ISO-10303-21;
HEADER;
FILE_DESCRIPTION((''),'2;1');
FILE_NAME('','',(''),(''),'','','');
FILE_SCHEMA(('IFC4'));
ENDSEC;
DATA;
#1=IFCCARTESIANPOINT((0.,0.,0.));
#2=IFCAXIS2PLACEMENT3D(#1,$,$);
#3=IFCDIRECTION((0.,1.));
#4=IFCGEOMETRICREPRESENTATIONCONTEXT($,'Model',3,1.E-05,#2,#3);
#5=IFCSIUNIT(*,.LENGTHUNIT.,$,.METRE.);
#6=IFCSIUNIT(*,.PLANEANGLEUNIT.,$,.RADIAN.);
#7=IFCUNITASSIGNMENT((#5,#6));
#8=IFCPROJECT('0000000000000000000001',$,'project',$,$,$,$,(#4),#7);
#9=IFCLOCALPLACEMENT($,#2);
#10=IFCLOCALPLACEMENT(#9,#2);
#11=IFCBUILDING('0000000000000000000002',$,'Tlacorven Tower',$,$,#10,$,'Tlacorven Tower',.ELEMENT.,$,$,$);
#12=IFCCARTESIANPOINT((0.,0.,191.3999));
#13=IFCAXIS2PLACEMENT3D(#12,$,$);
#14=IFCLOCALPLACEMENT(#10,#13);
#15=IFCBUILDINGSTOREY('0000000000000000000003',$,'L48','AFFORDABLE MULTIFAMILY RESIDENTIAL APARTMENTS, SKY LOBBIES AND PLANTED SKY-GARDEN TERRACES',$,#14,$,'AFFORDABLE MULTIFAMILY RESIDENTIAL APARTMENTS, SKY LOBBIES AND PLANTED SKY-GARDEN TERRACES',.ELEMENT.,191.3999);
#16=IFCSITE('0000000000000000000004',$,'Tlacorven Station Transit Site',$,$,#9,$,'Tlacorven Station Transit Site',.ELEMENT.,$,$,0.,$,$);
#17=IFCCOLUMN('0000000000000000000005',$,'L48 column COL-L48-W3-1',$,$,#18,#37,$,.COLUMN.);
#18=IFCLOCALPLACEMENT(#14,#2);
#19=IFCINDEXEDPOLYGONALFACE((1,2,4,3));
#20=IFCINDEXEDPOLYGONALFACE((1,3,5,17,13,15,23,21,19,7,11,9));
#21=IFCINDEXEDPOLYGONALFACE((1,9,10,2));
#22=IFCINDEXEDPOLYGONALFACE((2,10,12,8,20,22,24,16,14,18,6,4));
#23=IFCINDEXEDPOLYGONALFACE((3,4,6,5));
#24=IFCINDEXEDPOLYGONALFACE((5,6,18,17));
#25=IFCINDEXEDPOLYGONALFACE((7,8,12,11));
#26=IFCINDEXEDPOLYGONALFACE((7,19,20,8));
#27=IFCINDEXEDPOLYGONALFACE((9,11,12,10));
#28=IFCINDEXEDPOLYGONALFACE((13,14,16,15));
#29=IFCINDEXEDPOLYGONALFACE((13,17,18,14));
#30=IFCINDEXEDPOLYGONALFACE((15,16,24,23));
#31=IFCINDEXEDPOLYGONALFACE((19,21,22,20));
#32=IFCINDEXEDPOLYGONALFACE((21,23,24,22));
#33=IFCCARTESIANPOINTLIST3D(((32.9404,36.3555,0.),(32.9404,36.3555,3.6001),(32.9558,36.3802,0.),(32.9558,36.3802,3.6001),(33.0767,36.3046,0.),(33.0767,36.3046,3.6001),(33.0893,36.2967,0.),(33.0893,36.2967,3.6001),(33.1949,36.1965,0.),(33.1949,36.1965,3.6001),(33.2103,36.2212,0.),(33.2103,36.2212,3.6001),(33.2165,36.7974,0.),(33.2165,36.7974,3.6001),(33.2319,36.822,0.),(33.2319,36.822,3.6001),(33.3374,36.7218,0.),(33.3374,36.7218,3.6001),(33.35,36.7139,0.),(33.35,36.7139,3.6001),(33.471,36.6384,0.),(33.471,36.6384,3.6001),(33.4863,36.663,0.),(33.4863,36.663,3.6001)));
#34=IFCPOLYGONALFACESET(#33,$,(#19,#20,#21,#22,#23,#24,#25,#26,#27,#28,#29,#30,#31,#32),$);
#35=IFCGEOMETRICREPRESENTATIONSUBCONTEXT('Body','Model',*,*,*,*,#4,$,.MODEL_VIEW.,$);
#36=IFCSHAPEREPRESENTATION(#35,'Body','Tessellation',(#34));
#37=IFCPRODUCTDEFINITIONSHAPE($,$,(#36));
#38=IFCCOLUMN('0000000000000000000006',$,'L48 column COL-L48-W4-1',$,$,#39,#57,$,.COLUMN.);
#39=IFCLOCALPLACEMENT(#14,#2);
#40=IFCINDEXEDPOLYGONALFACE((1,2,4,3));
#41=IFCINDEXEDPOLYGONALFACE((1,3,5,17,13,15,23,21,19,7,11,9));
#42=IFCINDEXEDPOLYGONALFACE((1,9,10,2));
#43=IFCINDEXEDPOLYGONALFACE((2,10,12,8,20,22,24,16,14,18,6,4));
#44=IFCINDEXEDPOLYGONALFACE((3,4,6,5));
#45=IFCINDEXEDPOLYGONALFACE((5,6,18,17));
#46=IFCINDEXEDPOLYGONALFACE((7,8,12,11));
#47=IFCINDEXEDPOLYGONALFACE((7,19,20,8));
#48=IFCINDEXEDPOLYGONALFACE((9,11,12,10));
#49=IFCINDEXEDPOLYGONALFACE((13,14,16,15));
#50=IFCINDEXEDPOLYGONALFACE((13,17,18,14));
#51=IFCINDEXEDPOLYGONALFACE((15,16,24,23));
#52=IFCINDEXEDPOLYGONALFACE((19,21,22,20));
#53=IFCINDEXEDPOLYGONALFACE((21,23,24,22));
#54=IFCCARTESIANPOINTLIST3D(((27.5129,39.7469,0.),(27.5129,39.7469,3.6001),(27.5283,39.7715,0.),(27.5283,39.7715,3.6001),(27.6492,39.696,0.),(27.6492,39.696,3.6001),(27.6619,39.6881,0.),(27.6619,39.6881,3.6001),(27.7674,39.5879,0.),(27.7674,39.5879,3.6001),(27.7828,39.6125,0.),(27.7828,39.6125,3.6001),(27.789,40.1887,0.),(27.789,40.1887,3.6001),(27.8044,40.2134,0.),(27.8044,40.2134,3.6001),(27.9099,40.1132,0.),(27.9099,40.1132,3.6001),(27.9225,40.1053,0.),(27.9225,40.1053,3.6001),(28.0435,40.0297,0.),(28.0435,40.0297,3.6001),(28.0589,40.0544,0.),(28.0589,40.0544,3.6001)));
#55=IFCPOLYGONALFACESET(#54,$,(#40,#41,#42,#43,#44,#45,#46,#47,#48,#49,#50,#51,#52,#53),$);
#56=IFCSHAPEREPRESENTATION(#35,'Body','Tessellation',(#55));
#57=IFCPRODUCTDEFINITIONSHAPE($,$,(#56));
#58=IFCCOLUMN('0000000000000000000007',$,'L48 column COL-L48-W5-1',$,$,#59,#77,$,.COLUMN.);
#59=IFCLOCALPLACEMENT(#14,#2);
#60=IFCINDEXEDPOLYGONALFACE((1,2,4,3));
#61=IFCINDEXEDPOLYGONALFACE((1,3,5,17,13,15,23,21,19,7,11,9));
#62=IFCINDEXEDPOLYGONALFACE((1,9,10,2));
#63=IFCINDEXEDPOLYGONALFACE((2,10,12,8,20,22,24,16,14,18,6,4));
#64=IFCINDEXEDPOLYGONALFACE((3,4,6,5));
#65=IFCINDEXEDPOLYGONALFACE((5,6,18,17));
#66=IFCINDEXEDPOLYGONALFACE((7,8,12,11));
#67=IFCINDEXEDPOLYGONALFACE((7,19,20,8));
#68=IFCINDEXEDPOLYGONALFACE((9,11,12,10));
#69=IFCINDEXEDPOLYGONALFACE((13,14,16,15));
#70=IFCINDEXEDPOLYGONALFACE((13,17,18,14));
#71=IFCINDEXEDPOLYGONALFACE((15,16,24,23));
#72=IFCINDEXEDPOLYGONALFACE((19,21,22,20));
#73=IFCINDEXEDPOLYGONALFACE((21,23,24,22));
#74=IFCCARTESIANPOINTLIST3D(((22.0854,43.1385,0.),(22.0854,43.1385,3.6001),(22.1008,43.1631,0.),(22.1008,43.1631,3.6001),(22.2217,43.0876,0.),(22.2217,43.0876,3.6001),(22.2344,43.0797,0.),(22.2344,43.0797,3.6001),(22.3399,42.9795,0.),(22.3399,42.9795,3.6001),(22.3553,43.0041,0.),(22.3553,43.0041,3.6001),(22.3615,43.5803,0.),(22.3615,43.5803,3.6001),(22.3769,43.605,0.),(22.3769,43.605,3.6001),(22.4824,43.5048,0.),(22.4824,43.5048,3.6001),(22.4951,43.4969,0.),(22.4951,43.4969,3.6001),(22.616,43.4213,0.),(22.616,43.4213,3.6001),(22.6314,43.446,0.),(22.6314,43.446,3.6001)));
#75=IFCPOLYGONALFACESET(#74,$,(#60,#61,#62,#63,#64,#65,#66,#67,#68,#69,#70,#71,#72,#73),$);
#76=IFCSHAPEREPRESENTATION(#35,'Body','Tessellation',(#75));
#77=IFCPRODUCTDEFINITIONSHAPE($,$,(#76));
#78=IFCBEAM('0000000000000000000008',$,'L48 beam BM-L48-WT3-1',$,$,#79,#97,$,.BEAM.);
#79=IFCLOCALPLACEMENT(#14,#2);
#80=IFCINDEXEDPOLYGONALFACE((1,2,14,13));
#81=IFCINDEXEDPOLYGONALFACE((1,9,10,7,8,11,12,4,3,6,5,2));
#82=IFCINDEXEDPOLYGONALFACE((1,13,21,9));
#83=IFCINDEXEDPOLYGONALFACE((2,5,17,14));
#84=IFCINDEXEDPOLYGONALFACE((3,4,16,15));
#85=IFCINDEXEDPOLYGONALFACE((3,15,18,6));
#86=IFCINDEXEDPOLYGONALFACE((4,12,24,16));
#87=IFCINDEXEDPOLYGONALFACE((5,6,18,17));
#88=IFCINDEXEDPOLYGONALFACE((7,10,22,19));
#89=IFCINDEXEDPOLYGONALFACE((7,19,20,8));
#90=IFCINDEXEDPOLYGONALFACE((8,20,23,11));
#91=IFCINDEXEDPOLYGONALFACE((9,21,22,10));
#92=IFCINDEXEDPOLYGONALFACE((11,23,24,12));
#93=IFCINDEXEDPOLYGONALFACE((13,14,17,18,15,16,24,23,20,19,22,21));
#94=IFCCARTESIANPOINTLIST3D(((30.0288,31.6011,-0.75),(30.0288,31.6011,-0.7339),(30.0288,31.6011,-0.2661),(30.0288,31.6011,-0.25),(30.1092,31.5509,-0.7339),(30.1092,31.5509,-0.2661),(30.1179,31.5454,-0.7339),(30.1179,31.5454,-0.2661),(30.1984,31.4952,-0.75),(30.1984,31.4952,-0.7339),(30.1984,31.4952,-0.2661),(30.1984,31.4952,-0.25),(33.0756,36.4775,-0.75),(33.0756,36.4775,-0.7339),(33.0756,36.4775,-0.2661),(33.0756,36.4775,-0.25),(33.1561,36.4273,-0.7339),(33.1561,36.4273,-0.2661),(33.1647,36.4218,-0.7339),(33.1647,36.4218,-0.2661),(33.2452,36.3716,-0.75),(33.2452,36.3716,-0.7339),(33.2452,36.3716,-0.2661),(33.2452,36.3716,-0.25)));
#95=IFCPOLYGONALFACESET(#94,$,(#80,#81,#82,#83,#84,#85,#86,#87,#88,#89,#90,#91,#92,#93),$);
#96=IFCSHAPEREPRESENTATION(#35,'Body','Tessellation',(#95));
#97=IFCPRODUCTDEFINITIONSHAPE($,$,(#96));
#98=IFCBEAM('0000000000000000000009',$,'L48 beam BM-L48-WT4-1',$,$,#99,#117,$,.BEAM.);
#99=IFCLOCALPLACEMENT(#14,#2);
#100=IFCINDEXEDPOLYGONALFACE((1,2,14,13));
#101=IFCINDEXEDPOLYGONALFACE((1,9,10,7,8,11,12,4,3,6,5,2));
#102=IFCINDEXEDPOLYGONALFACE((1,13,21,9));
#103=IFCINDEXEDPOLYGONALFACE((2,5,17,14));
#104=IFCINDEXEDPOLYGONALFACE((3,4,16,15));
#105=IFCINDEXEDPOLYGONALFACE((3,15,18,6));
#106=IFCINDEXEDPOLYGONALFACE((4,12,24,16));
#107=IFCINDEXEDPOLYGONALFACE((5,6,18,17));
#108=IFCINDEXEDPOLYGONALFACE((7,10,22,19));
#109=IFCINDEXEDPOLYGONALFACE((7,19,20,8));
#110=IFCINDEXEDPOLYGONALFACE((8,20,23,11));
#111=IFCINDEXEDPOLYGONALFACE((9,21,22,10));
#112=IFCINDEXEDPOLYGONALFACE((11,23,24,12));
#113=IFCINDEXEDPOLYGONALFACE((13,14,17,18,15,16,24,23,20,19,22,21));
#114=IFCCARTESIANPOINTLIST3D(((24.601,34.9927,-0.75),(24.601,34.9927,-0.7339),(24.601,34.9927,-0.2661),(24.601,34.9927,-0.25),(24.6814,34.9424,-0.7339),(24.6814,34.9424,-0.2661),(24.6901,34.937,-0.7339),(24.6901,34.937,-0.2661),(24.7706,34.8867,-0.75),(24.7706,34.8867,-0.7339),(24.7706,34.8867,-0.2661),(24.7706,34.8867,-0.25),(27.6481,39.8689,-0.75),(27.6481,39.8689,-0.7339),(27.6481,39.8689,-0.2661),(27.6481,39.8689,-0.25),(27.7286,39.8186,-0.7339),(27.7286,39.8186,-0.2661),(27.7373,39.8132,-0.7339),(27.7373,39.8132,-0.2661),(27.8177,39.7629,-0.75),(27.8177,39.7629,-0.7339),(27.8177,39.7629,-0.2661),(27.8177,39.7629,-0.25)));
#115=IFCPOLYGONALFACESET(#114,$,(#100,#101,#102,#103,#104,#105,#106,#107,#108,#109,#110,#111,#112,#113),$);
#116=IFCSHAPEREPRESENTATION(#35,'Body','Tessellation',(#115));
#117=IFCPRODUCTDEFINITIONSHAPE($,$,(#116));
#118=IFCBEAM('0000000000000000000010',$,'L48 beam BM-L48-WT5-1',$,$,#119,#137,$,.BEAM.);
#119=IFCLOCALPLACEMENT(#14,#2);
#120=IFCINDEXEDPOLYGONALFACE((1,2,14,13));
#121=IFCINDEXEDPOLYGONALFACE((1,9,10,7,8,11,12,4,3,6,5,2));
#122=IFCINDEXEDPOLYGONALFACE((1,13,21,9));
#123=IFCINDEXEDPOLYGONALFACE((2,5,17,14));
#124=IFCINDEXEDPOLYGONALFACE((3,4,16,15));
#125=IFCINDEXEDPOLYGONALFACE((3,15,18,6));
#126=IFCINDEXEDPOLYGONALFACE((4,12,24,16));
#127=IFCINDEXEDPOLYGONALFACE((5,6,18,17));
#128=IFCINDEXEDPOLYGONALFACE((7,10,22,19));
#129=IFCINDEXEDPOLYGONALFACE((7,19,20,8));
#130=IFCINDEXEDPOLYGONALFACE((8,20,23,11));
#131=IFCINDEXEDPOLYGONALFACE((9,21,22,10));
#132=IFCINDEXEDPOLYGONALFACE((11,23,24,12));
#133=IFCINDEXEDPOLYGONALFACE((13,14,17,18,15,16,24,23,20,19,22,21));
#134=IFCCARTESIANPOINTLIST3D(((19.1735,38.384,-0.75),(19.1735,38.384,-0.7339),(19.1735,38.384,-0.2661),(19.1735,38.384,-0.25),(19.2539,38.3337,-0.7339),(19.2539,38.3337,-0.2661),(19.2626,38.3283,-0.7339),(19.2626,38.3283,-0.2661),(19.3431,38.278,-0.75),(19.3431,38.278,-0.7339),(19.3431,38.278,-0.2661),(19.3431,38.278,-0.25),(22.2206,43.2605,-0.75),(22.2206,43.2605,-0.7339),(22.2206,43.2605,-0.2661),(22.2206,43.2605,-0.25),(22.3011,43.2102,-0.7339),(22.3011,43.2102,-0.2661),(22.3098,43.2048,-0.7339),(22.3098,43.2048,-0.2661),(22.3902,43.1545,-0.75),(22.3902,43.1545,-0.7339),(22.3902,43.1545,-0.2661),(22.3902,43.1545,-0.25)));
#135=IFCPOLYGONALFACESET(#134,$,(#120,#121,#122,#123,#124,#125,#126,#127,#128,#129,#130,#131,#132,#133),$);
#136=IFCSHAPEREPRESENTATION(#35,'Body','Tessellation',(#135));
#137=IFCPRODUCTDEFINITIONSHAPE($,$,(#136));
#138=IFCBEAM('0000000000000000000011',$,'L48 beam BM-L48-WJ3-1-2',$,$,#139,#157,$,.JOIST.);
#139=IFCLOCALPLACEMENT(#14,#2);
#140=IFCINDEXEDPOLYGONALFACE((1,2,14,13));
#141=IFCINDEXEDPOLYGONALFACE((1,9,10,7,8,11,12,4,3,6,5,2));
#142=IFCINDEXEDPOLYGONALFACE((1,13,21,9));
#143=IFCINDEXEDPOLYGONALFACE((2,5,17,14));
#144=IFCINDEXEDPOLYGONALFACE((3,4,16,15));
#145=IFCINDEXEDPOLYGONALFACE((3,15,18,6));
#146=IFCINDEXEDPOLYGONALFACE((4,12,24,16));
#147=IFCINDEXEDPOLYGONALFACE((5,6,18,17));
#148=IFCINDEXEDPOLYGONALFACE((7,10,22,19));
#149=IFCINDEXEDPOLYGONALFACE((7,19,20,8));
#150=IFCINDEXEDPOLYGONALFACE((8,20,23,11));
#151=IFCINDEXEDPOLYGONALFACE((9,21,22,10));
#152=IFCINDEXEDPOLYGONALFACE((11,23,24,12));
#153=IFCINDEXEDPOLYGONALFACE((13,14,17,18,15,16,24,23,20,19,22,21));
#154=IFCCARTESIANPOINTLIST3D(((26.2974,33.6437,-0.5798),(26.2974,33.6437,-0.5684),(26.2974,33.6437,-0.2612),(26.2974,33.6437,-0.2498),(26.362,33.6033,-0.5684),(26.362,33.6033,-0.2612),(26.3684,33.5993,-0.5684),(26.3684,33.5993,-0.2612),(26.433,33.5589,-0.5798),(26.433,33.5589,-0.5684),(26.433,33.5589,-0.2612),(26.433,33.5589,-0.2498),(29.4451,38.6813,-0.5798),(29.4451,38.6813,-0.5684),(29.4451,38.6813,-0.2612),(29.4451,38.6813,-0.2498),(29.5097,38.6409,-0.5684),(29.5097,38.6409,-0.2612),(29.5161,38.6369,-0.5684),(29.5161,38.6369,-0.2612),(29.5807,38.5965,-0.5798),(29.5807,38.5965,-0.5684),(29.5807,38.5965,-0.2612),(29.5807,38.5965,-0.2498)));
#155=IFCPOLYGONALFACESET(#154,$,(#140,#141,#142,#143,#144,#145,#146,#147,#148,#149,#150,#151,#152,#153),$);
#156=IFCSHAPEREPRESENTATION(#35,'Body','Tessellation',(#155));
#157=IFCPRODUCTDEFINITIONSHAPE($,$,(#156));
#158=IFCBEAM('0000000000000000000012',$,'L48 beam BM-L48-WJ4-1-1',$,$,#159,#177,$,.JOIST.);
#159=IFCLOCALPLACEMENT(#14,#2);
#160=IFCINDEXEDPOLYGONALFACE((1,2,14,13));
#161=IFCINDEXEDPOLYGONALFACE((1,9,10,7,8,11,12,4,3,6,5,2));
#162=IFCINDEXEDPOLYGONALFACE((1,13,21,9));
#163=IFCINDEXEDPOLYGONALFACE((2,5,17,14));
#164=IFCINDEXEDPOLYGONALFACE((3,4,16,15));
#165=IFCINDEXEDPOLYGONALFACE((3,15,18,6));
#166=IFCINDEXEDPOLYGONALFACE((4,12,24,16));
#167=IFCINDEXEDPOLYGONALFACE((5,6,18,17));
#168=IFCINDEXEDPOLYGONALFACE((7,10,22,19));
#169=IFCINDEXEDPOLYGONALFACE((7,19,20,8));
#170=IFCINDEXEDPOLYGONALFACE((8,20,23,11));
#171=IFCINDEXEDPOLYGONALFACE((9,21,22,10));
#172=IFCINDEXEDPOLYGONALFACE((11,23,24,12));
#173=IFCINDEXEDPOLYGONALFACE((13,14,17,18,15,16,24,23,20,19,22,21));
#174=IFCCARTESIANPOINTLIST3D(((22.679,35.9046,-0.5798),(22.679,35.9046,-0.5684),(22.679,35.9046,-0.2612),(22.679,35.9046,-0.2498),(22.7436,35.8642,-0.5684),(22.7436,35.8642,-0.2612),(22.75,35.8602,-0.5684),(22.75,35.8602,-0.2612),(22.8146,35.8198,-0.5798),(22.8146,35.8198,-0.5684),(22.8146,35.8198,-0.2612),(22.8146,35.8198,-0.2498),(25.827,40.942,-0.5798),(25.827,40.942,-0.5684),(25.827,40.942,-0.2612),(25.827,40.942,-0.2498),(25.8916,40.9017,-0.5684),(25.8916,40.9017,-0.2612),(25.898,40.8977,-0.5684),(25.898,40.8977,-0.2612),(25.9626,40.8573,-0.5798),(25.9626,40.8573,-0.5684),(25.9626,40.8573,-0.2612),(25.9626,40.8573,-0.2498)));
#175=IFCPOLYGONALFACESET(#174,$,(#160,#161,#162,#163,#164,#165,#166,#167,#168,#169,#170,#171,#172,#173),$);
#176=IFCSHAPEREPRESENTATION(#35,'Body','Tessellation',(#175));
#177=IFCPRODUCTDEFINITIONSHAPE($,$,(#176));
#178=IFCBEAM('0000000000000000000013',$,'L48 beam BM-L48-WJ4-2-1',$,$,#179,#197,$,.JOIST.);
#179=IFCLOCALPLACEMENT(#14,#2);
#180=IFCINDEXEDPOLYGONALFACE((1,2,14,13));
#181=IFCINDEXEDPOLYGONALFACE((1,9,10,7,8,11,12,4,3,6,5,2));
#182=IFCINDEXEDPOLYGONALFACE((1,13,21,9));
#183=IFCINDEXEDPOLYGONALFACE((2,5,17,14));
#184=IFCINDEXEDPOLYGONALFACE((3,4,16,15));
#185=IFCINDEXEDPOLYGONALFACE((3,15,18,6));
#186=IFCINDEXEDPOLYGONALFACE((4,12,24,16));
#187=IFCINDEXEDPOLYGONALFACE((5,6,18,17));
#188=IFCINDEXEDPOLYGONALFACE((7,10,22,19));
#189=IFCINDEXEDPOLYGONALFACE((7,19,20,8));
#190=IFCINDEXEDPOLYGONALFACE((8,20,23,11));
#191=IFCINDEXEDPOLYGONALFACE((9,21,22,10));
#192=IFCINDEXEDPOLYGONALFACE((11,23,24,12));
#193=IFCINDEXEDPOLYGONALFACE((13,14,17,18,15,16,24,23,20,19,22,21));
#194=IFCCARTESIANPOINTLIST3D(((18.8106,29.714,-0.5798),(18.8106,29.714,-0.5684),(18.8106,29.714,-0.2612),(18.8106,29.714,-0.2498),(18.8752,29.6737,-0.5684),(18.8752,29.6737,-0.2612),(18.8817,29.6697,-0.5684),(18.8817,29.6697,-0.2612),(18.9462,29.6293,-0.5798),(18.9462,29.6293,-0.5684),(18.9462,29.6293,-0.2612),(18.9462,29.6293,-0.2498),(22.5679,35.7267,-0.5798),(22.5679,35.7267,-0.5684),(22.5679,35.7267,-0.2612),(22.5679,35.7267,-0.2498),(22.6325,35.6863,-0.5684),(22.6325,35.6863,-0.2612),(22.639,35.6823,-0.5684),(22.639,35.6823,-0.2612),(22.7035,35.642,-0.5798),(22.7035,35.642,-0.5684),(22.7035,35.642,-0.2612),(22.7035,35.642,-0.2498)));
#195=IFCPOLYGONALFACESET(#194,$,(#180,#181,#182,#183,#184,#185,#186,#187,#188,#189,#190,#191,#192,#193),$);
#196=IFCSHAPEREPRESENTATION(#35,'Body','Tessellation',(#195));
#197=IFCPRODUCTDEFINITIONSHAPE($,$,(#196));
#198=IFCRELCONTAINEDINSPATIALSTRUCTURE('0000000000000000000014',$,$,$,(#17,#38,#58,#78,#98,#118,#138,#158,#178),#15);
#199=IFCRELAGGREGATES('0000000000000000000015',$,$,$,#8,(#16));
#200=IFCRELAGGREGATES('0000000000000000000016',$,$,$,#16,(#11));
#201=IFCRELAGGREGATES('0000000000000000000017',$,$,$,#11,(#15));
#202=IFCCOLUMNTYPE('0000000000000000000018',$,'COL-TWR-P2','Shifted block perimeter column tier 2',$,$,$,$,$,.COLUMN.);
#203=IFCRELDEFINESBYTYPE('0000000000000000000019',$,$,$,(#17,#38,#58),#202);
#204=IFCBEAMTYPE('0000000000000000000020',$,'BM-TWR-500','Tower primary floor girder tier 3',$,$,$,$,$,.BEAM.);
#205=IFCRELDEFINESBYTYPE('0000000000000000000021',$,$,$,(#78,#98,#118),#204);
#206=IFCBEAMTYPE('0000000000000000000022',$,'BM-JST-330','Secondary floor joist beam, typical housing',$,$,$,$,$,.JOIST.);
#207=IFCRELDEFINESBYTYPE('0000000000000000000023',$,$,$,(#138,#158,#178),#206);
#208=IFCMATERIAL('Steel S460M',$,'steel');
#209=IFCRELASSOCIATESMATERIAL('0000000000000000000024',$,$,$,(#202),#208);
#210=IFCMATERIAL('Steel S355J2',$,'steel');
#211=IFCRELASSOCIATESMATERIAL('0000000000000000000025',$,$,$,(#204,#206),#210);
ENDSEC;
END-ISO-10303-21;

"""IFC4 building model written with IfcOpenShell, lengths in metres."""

from ifc_helpers import new_model, si_unit, direction, frame, origin, origin_2d, place, context, subcontext, project, spatial, i_section, extrude, source, transform, mapped, material, material_profile, profile_set, type_object, element, save


model = new_model("IFC4")

# Units and contexts
model_context = context("Model", 3, precision=1e-05, world=origin(), true_north=direction((0.0, 1.0)))
body_context = subcontext(model_context, "Body", "Model", "MODEL_VIEW")
ifc_project = project(units=[si_unit("LENGTHUNIT", "METRE"), si_unit("PLANEANGLEUNIT", "RADIAN")], contexts=[model_context])

# Site, building, storey
site_placement = place(None, origin())
site = spatial("IfcSite", under=ifc_project, at=site_placement, Name="Tlacorven Station Transit Site", LongName="Tlacorven Station Transit Site", CompositionType="ELEMENT", RefElevation=0.0)
building_placement = place(site_placement, origin())
building = spatial("IfcBuilding", under=site, at=building_placement, Name="Tlacorven Tower", LongName="Tlacorven Tower", CompositionType="ELEMENT")
storey_placement = place(building_placement, frame((0.0, 0.0, 191.3999)))
storey = spatial("IfcBuildingStorey", under=building, at=storey_placement, Name="L48", Description="AFFORDABLE MULTIFAMILY RESIDENTIAL APARTMENTS, SKY LOBBIES AND PLANTED SKY-GARDEN TERRACES", LongName="AFFORDABLE MULTIFAMILY RESIDENTIAL APARTMENTS, SKY LOBBIES AND PLANTED SKY-GARDEN TERRACES", CompositionType="ELEMENT", Elevation=191.3999)

# Columns
ifc_material_1 = material(Name="Steel S460M", Category="steel")
ifc_material_profile_1 = material_profile(ifc_material_1, i_section(OverallWidth=0.3, OverallDepth=0.55, WebThickness=0.0149, FlangeThickness=0.0291, at=origin_2d()), Name="HEB 550")
ifc_profile_set_1 = profile_set([ifc_material_profile_1], Name="Steel S460M")
column_type = type_object("IfcColumnType", Name="COL-TWR-P2", Description="Shifted block perimeter column tier 2", PredefinedType="COLUMN", material=ifc_profile_set_1)
shared_shape_1 = source(origin(), body_context, "Body", "SweptSolid", [
    extrude(i_section(OverallWidth=0.3, OverallDepth=0.55, WebThickness=0.0149, FlangeThickness=0.0291, at=origin_2d()), origin(), (0.0, 0.0, 1.0), 3.6001),
])
for number, where, z_axis, x_axis, name in (
    (1, (33.2134, 36.5093, 0.0), (0.0, 0.0, 1.0), (-0.848048, 0.529919, 0.0), "L48 column COL-L48-W3-1"),
    (2, (27.7859, 39.9006, 0.0), (0.0, 0.0, 1.0), (-0.848048, 0.529919, 0.0), "L48 column COL-L48-W4-1"),
    (3, (22.3584, 43.2922, 0.0), (0.0, 0.0, 1.0), (-0.848048, 0.529919, 0.0), "L48 column COL-L48-W5-1"),
):
    element("IfcColumn", number, at=place(storey_placement, frame(where, z_axis=z_axis, x_axis=x_axis)), inside=storey, type_object=column_type, Name=name, PredefinedType="COLUMN", context=body_context, shape_type="MappedRepresentation", body=[
        mapped(shared_shape_1, transform((0.0, 0.0, 0.0), scale=1.0)),
    ])

# Beams
ifc_material_2 = material(Name="Steel S355J2", Category="steel")
ifc_material_profile_2 = material_profile(ifc_material_2, i_section(OverallWidth=0.2, OverallDepth=0.5, WebThickness=0.0103, FlangeThickness=0.0161, at=origin_2d()), Name="IPE 500")
ifc_profile_set_2 = profile_set([ifc_material_profile_2], Name="Steel S355J2")
beam_type_1 = type_object("IfcBeamType", Name="BM-TWR-500", Description="Tower primary floor girder tier 3", PredefinedType="BEAM", material=ifc_profile_set_2)
shared_shape_2 = source(origin(), body_context, "Body", "SweptSolid", [
    extrude(i_section(OverallWidth=0.2, OverallDepth=0.5, WebThickness=0.0103, FlangeThickness=0.0161, at=origin_2d()), origin(), (0.0, 0.0, 1.0), 5.75),
])
for number, where, z_axis, x_axis, name in (
    (4, (33.1604, 36.4246, -0.5), (-0.529884, -0.84807, 0.0), (0.84807, -0.529884, 0.0), "L48 beam BM-L48-WT3-1"),
    (5, (27.7329, 39.8159, -0.5), (-0.529934, -0.848039, 0.0), (0.848039, -0.529934, 0.0), "L48 beam BM-L48-WT4-1"),
):
    element("IfcBeam", number, at=place(storey_placement, frame(where, z_axis=z_axis, x_axis=x_axis)), inside=storey, type_object=beam_type_1, Name=name, PredefinedType="BEAM", context=body_context, shape_type="MappedRepresentation", body=[
        mapped(shared_shape_2, transform((0.0, 0.0, 0.0), scale=1.0)),
    ])
shared_shape_3 = source(origin(), body_context, "Body", "SweptSolid", [
    extrude(i_section(OverallWidth=0.2, OverallDepth=0.5, WebThickness=0.0103, FlangeThickness=0.0161, at=origin_2d()), origin(), (0.0, 0.0, 1.0), 5.7502),
])
beam_1_placement = place(storey_placement, frame((22.3054, 43.2075, -0.5), z_axis=(-0.529915, -0.848051, 0.0), x_axis=(0.848051, -0.529915, 0.0)))
element("IfcBeam", 6, at=beam_1_placement, inside=storey, type_object=beam_type_1, Name="L48 beam BM-L48-WT5-1", PredefinedType="BEAM", context=body_context, shape_type="MappedRepresentation", body=[
    mapped(shared_shape_3, transform((0.0, 0.0, 0.0), scale=1.0)),
])
ifc_material_profile_3 = material_profile(ifc_material_2, i_section(OverallWidth=0.1599, OverallDepth=0.3301, WebThickness=0.0076, FlangeThickness=0.0115, at=origin_2d()), Name="IPE 330")
ifc_profile_set_3 = profile_set([ifc_material_profile_3], Name="Steel S355J2")
beam_type_2 = type_object("IfcBeamType", Name="BM-JST-330", Description="Secondary floor joist beam, typical housing", PredefinedType="JOIST", material=ifc_profile_set_3)
shared_shape_4 = source(origin(), body_context, "Body", "SweptSolid", [
    extrude(i_section(OverallWidth=0.1599, OverallDepth=0.3301, WebThickness=0.0076, FlangeThickness=0.0115, at=origin_2d()), origin(), (0.0, 0.0, 1.0), 5.9402),
])
for number, where, z_axis, x_axis, name in (
    (7, (29.5129, 38.6389, -0.4148), (-0.529903, -0.848058, 0.0), (0.848058, -0.529903, 0.0), "L48 beam BM-L48-WJ3-1-2"),
    (8, (25.8948, 40.8997, -0.4148), (-0.529951, -0.848028, 0.0), (0.848028, -0.529951, 0.0), "L48 beam BM-L48-WJ4-1-1"),
):
    element("IfcBeam", number, at=place(storey_placement, frame(where, z_axis=z_axis, x_axis=x_axis)), inside=storey, type_object=beam_type_2, Name=name, PredefinedType="JOIST", context=body_context, shape_type="MappedRepresentation", body=[
        mapped(shared_shape_4, transform((0.0, 0.0, 0.0), scale=1.0)),
    ])
shared_shape_5 = source(origin(), body_context, "Body", "SweptSolid", [
    extrude(i_section(OverallWidth=0.1599, OverallDepth=0.3301, WebThickness=0.0076, FlangeThickness=0.0115, at=origin_2d()), origin(), (0.0, 0.0, 1.0), 7.0901),
])
beam_2_placement = place(storey_placement, frame((22.6357, 35.6843, -0.4148), z_axis=(-0.529937, -0.848037, 0.0), x_axis=(0.848037, -0.529937, 0.0)))
element("IfcBeam", 9, at=beam_2_placement, inside=storey, type_object=beam_type_2, Name="L48 beam BM-L48-WJ4-2-1", PredefinedType="JOIST", context=body_context, shape_type="MappedRepresentation", body=[
    mapped(shared_shape_5, transform((0.0, 0.0, 0.0), scale=1.0)),
])

save(model, "model.ifc")
